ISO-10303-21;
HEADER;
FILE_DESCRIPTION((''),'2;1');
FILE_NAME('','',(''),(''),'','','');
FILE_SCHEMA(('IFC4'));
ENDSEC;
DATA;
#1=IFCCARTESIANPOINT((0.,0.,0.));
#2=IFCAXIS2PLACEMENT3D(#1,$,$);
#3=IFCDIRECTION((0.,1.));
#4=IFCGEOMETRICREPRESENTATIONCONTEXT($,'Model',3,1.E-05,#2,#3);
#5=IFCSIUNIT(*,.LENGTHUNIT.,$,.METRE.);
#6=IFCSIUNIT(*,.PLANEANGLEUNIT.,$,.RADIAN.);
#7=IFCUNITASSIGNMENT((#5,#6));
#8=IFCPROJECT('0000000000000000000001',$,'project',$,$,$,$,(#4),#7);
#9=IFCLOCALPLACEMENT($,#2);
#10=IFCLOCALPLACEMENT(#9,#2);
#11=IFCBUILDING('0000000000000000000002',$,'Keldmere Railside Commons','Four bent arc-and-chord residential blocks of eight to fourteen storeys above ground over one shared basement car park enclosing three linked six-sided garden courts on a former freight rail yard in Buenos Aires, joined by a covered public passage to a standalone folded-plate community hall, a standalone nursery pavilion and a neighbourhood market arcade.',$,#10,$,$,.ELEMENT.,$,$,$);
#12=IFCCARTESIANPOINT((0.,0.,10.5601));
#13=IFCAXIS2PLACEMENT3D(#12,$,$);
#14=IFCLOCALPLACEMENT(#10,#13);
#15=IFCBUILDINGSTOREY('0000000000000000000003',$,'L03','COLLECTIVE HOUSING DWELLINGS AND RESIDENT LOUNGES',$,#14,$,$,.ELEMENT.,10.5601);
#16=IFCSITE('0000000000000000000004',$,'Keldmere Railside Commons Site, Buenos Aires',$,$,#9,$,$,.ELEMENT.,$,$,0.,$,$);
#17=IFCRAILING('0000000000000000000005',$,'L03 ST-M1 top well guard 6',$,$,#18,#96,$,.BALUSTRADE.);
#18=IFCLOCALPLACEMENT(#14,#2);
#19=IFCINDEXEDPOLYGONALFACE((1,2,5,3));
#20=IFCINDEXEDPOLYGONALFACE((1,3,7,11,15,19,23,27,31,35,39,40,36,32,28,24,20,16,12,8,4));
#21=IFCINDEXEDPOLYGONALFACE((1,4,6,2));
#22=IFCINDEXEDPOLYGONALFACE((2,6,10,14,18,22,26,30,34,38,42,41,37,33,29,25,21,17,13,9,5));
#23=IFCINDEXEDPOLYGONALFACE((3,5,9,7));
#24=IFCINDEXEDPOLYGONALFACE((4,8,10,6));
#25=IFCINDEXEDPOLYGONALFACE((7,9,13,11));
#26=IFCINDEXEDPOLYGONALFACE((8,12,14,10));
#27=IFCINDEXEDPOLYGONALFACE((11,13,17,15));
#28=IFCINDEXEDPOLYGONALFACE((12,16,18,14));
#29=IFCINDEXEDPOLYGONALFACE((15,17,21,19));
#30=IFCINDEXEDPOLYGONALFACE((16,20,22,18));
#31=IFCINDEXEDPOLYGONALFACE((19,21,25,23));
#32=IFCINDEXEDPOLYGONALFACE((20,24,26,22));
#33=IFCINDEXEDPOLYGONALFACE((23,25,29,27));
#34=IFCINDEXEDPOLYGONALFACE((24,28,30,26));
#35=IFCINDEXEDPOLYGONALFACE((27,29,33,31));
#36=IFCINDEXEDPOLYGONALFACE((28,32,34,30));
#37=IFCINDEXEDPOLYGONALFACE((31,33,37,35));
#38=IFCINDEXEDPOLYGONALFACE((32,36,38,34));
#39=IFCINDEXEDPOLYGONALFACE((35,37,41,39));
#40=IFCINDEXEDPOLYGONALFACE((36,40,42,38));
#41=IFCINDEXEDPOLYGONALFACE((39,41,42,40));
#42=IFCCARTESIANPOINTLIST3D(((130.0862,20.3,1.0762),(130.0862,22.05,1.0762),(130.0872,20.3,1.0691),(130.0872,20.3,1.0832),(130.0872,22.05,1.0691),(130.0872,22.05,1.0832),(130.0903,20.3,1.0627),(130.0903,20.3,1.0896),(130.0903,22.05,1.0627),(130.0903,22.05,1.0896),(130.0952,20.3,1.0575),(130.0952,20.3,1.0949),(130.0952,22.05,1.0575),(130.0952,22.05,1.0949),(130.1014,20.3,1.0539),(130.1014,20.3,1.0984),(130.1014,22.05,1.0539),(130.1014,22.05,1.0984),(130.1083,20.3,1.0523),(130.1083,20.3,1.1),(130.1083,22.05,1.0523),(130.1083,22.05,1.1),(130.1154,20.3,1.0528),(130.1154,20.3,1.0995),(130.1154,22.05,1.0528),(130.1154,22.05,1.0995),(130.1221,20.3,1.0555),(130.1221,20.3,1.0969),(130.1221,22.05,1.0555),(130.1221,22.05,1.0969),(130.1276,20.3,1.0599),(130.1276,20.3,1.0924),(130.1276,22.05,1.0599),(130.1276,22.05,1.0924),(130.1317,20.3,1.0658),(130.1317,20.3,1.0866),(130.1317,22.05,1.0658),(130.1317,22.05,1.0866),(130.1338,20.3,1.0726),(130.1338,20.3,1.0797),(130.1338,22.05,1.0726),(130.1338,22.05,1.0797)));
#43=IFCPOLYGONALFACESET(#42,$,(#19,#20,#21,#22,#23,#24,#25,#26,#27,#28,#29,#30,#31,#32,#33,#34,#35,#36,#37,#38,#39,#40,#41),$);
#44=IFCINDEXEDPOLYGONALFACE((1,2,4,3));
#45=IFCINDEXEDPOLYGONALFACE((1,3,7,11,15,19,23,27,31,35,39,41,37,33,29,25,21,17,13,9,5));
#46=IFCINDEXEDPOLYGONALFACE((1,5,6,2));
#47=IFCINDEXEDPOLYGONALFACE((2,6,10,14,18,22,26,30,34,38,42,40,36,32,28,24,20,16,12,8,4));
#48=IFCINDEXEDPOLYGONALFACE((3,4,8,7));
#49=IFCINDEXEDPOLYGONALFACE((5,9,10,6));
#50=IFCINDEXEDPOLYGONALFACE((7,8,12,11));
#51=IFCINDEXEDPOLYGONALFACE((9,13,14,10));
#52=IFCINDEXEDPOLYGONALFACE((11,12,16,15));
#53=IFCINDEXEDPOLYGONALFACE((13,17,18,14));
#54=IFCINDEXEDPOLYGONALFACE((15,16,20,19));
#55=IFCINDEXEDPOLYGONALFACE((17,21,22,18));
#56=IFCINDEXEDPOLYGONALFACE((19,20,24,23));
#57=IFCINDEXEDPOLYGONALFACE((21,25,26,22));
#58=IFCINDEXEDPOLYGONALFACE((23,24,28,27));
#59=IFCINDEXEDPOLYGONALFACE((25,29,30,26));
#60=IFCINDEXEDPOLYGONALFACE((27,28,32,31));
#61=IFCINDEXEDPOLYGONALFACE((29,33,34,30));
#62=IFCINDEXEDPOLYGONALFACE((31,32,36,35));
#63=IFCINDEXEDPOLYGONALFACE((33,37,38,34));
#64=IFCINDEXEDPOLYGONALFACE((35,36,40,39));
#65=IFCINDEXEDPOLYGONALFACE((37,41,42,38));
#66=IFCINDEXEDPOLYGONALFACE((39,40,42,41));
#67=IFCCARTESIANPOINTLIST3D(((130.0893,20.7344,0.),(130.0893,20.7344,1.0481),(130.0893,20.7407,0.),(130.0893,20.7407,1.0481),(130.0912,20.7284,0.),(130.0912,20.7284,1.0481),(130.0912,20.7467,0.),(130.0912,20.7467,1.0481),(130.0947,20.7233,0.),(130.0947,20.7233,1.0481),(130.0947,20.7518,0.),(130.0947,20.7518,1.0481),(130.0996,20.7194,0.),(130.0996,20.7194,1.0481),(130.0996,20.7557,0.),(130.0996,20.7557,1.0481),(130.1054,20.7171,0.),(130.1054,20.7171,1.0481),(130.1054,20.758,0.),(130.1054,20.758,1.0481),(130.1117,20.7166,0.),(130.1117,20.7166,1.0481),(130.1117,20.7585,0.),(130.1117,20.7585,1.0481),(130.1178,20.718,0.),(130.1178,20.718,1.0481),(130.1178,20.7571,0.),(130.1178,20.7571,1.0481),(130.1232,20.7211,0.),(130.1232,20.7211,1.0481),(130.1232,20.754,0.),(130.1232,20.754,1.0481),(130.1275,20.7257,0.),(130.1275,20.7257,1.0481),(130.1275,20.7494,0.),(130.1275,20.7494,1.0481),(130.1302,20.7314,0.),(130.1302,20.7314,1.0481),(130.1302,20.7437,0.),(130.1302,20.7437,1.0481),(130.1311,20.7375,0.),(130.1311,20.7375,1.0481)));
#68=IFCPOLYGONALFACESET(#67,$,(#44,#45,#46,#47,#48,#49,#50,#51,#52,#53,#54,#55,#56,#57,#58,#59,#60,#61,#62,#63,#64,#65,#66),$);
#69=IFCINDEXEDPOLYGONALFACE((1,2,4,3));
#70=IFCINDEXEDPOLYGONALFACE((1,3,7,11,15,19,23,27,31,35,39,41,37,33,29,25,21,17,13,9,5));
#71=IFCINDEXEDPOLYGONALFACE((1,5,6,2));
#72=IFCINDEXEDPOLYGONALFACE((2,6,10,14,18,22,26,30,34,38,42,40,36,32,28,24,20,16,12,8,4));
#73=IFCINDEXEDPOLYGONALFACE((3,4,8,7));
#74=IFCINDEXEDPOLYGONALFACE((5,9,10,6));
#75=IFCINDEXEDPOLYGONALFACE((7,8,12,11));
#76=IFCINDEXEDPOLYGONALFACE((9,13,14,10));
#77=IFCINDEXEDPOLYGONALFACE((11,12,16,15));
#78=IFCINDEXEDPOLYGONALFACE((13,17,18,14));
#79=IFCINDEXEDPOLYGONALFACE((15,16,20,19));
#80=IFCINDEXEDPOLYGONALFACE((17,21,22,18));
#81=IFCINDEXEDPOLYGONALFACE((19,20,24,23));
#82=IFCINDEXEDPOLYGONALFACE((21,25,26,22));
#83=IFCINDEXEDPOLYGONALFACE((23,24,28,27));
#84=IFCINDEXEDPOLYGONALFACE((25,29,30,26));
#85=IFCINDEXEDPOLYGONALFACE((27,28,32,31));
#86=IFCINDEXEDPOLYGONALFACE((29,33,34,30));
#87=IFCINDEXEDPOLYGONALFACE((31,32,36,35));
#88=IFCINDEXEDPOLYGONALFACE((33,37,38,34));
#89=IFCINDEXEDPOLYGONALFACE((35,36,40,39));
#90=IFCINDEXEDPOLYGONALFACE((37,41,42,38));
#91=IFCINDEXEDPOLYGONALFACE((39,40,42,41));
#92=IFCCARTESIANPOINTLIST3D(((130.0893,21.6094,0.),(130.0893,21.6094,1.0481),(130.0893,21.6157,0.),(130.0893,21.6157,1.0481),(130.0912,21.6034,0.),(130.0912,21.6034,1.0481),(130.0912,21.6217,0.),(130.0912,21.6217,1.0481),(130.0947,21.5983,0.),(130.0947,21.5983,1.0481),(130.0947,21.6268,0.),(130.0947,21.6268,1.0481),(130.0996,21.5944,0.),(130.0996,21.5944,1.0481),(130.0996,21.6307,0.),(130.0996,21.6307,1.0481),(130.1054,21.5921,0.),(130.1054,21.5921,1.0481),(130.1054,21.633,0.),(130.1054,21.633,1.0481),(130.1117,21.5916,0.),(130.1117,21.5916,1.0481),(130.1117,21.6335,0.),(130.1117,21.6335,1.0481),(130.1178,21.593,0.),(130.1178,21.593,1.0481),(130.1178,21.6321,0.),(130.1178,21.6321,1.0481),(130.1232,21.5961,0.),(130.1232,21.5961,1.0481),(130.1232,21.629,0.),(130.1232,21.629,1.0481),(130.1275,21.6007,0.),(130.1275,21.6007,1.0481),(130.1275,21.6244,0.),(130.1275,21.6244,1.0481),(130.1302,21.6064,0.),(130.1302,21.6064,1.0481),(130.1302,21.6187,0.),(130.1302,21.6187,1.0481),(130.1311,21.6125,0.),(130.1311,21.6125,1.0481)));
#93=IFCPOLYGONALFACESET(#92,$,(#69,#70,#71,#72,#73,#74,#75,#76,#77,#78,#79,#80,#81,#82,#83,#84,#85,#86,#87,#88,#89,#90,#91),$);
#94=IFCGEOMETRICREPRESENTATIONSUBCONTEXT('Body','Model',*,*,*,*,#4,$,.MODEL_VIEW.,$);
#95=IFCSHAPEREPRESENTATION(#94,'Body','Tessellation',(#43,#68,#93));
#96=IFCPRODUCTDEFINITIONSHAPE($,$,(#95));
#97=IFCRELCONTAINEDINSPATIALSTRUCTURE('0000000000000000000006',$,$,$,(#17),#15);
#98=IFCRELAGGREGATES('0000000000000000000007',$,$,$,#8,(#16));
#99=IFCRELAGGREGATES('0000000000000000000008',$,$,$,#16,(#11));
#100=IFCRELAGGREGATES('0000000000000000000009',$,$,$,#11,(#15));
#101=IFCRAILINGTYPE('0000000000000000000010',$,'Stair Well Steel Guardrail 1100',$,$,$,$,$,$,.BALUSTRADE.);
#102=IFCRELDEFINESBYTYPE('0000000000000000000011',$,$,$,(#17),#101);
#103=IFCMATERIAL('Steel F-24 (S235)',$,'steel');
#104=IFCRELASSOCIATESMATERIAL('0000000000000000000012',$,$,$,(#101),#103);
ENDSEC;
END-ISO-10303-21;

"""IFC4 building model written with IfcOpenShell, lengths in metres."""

from ifc_helpers import new_model, si_unit, direction, frame, origin, origin_2d, place, context, subcontext, project, spatial, circle, extrude, material, type_object, element, save


model = new_model("IFC4")

# Units and contexts
model_context = context("Model", 3, precision=1e-05, world=origin(), true_north=direction((0.0, 1.0)))
body_context = subcontext(model_context, "Body", "Model", "MODEL_VIEW")
ifc_project = project(units=[si_unit("LENGTHUNIT", "METRE"), si_unit("PLANEANGLEUNIT", "RADIAN")], contexts=[model_context])

# Site, building, storey
site_placement = place(None, origin())
site = spatial("IfcSite", under=ifc_project, at=site_placement, Name="Keldmere Railside Commons Site, Buenos Aires", CompositionType="ELEMENT", RefElevation=0.0)
building_placement = place(site_placement, origin())
building = spatial("IfcBuilding", under=site, at=building_placement, Name="Keldmere Railside Commons", Description="Four bent arc-and-chord residential blocks of eight to fourteen storeys above ground over one shared basement car park enclosing three linked six-sided garden courts on a former freight rail yard in Buenos Aires, joined by a covered public passage to a standalone folded-plate community hall, a standalone nursery pavilion and a neighbourhood market arcade.", CompositionType="ELEMENT")
storey_placement = place(building_placement, frame((0.0, 0.0, 10.5601)))
storey = spatial("IfcBuildingStorey", under=building, at=storey_placement, Name="L03", Description="COLLECTIVE HOUSING DWELLINGS AND RESIDENT LOUNGES", CompositionType="ELEMENT", Elevation=10.5601)

# Railing
ifc_material_1 = material(Name="Steel F-24 (S235)", Category="steel")
railing_type_1 = type_object("IfcRailingType", Name="Stair Well Steel Guardrail 1100", PredefinedType="BALUSTRADE", material=ifc_material_1)
for number, where, name in (
    (1, (130.1101, 20.3, 0.0), "L03 ST-M1 top well guard 6"),
):
    element("IfcRailing", number, at=place(storey_placement, frame(where)), inside=storey, type_object=railing_type_1, Name=name, PredefinedType="BALUSTRADE", context=body_context, shape_type="SweptSolid", body=[
        extrude(circle(Radius=0.0239, at=origin_2d()), frame((0.0, 0.0, 1.0762), z_axis=(0.0, 1.0, 0.0), x_axis=(-1.0, 0.0, 0.0)), (0.0, 0.0, 1.0), 1.75),
        extrude(circle(Radius=0.021, at=origin_2d()), frame((0.0, 0.4375, 0.0)), (0.0, 0.0, 1.0), 1.0481),
        extrude(circle(Radius=0.021, at=origin_2d()), frame((0.0, 1.3125, 0.0)), (0.0, 0.0, 1.0), 1.0481),
    ])

save(model, "model.ifc")
